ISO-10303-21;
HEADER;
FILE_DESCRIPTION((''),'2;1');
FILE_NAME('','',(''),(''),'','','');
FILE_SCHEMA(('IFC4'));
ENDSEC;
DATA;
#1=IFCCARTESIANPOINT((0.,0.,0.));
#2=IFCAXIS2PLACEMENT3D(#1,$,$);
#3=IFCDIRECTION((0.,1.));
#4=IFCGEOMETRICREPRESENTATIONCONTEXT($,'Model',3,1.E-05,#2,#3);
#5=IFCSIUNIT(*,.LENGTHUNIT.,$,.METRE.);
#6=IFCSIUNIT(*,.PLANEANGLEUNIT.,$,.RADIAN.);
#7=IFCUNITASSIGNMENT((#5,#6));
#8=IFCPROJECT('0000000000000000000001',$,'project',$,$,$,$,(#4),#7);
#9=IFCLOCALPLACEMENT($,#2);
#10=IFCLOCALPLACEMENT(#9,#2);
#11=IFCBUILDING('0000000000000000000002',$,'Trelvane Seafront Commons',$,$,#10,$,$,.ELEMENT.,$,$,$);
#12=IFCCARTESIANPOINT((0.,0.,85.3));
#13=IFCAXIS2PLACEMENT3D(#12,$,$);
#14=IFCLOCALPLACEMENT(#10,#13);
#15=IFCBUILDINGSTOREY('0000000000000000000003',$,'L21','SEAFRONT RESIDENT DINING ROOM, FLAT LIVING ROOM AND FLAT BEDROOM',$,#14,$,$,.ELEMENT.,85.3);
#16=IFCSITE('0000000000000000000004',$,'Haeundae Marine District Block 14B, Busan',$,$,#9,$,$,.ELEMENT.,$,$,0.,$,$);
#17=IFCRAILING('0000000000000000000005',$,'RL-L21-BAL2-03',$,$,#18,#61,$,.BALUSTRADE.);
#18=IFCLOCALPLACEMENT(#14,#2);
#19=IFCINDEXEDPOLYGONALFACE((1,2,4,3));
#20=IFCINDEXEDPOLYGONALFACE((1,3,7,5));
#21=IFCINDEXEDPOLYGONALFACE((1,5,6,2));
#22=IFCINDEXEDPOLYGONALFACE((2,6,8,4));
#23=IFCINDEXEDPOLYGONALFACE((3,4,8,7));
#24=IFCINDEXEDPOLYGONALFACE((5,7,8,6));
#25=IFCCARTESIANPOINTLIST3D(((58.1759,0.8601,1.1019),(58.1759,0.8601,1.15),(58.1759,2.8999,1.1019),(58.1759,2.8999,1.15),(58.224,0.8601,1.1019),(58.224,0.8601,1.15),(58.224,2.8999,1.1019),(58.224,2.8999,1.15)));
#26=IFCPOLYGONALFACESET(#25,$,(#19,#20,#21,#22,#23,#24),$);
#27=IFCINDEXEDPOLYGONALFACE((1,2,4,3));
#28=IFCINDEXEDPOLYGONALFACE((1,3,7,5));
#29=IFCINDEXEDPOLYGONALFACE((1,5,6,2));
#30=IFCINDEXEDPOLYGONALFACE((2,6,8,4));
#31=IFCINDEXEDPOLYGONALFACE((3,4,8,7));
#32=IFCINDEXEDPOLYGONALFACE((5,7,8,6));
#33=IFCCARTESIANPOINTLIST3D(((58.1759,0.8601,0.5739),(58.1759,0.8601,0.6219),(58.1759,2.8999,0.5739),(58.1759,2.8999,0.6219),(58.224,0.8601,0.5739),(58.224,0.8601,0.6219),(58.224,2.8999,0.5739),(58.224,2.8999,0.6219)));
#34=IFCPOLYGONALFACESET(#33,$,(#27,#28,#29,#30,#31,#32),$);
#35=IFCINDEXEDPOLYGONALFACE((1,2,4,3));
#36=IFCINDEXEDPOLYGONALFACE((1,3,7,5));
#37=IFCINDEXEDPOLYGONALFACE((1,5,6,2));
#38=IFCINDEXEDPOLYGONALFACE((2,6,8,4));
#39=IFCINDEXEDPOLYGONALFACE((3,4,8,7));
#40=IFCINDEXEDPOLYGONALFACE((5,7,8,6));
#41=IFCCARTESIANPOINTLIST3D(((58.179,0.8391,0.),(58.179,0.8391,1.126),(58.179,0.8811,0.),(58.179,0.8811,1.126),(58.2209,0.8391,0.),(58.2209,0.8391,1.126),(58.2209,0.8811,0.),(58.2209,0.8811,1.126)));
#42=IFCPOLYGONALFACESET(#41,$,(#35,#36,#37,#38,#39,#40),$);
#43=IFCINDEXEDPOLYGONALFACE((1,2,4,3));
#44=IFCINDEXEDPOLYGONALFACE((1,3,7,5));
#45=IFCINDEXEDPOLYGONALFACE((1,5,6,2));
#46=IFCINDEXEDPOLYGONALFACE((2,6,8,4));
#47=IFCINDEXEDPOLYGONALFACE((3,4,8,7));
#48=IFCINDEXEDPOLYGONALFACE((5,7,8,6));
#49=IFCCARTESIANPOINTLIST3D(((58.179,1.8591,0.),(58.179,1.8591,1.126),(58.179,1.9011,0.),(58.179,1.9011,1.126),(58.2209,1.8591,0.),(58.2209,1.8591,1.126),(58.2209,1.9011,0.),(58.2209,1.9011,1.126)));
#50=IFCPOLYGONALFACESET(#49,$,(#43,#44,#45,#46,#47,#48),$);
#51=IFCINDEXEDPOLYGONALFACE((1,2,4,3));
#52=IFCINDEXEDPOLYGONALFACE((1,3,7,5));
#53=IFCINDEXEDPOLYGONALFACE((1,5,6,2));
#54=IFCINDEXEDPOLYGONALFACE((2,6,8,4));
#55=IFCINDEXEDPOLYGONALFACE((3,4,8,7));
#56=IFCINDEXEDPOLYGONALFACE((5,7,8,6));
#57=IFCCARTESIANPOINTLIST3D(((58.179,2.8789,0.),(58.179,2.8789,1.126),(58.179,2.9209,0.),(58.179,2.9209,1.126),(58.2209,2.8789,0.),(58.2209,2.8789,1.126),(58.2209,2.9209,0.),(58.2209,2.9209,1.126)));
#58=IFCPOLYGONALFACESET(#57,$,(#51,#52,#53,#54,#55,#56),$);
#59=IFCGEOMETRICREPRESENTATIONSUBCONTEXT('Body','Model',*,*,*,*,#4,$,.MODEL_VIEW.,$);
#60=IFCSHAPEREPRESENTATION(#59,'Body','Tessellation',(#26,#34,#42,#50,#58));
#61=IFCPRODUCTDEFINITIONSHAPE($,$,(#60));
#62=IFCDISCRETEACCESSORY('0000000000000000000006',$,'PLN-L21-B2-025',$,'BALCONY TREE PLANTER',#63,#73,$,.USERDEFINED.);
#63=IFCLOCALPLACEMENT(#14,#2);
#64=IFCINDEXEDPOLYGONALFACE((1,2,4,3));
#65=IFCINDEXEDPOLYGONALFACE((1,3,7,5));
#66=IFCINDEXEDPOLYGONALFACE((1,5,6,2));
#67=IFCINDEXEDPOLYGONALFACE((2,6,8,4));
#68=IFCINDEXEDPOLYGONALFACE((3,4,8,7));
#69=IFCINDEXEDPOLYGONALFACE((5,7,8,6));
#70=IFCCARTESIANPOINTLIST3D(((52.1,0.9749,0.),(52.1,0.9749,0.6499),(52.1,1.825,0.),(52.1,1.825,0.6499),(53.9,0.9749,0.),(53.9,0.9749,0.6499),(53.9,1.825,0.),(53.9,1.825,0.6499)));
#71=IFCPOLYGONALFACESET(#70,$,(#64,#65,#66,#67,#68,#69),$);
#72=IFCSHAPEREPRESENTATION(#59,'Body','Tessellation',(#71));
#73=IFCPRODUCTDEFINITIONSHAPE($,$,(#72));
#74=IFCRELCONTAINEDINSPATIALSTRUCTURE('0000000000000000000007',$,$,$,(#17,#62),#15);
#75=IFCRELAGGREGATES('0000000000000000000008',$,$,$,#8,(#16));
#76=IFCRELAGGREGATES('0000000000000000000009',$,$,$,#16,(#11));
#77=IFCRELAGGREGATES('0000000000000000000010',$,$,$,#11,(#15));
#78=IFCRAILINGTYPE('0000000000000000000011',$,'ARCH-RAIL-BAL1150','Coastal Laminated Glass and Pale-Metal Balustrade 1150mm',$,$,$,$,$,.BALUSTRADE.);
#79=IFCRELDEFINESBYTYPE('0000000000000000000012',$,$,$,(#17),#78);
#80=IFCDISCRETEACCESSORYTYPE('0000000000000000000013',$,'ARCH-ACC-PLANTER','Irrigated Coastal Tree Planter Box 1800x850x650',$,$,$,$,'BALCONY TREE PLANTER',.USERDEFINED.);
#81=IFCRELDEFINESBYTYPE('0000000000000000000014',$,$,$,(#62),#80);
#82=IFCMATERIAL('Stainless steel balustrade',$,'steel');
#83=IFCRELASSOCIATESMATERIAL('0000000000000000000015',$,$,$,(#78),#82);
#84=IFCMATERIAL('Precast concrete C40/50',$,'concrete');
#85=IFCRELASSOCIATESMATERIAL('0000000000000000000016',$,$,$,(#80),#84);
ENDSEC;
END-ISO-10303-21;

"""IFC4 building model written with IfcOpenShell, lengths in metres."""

from ifc_helpers import new_model, si_unit, direction, frame, origin, origin_2d, place, context, subcontext, project, spatial, rectangle, extrude, source, transform, mapped, material, type_object, element, save


model = new_model("IFC4")

# Units and contexts
model_context = context("Model", 3, precision=1e-05, world=origin(), true_north=direction((0.0, 1.0)))
body_context = subcontext(model_context, "Body", "Model", "MODEL_VIEW")
ifc_project = project(units=[si_unit("LENGTHUNIT", "METRE"), si_unit("PLANEANGLEUNIT", "RADIAN")], contexts=[model_context])

# Site, building, storey
site_placement = place(None, origin())
site = spatial("IfcSite", under=ifc_project, at=site_placement, Name="Haeundae Marine District Block 14B, Busan", CompositionType="ELEMENT", RefElevation=0.0)
building_placement = place(site_placement, origin())
building = spatial("IfcBuilding", under=site, at=building_placement, Name="Trelvane Seafront Commons", CompositionType="ELEMENT")
storey_placement = place(building_placement, frame((0.0, 0.0, 85.3)))
storey = spatial("IfcBuildingStorey", under=building, at=storey_placement, Name="L21", Description="SEAFRONT RESIDENT DINING ROOM, FLAT LIVING ROOM AND FLAT BEDROOM", CompositionType="ELEMENT", Elevation=85.3)

# Railing
ifc_material_1 = material(Name="Stainless steel balustrade", Category="steel")
railing_type = type_object("IfcRailingType", Name="ARCH-RAIL-BAL1150", Description="Coastal Laminated Glass and Pale-Metal Balustrade 1150mm", PredefinedType="BALUSTRADE", material=ifc_material_1)
railing_placement = place(storey_placement, frame((58.2, 0.8601, 0.0)))
element("IfcRailing", 1, at=railing_placement, inside=storey, type_object=railing_type, Name="RL-L21-BAL2-03", PredefinedType="BALUSTRADE", context=body_context, shape_type="SweptSolid", body=[
    extrude(rectangle(XDim=0.0481, YDim=0.0481, at=origin_2d()), frame((0.0, 0.0, 1.126), z_axis=(0.0, 1.0, 0.0), x_axis=(-1.0, 0.0, 0.0)), (0.0, 0.0, 1.0), 2.0398),
    extrude(rectangle(XDim=0.0481, YDim=0.0481, at=origin_2d()), frame((0.0, 0.0, 0.5979), z_axis=(0.0, 1.0, 0.0), x_axis=(-1.0, 0.0, 0.0)), (0.0, 0.0, 1.0), 2.0398),
    extrude(rectangle(XDim=0.042, YDim=0.042, at=origin_2d()), origin(), (0.0, 0.0, 1.0), 1.126),
    extrude(rectangle(XDim=0.042, YDim=0.042, at=origin_2d()), frame((0.0, 1.02, 0.0)), (0.0, 0.0, 1.0), 1.126),
    extrude(rectangle(XDim=0.042, YDim=0.042, at=origin_2d()), frame((0.0, 2.0398, 0.0)), (0.0, 0.0, 1.0), 1.126),
])

# Discrete accessory
ifc_material_2 = material(Name="Precast concrete C40/50", Category="concrete")
discrete_accessory_type = type_object("IfcDiscreteAccessoryType", Name="ARCH-ACC-PLANTER", Description="Irrigated Coastal Tree Planter Box 1800x850x650", ElementType="BALCONY TREE PLANTER", PredefinedType="USERDEFINED", material=ifc_material_2)
shared_shape_1 = source(origin(), body_context, "Body", "SweptSolid", [
    extrude(rectangle(XDim=1.8, YDim=0.8501, at=origin_2d()), origin(), (0.0, 0.0, 1.0), 0.6499),
])
discrete_accessory_placement = place(storey_placement, frame((53.0, 1.3999, 0.0), z_axis=(0.0, 0.0, 1.0), x_axis=(1.0, 0.0, 0.0)))
element("IfcDiscreteAccessory", 2, at=discrete_accessory_placement, inside=storey, type_object=discrete_accessory_type, Name="PLN-L21-B2-025", ObjectType="BALCONY TREE PLANTER", PredefinedType="USERDEFINED", context=body_context, shape_type="MappedRepresentation", body=[
    mapped(shared_shape_1, transform((0.0, 0.0, 0.0), x_axis=(1.0, 0.0, 0.0), y_axis=(0.0, 1.0, 0.0), z_axis=(0.0, 0.0, 1.0), scale=1.0)),
])

save(model, "model.ifc")
